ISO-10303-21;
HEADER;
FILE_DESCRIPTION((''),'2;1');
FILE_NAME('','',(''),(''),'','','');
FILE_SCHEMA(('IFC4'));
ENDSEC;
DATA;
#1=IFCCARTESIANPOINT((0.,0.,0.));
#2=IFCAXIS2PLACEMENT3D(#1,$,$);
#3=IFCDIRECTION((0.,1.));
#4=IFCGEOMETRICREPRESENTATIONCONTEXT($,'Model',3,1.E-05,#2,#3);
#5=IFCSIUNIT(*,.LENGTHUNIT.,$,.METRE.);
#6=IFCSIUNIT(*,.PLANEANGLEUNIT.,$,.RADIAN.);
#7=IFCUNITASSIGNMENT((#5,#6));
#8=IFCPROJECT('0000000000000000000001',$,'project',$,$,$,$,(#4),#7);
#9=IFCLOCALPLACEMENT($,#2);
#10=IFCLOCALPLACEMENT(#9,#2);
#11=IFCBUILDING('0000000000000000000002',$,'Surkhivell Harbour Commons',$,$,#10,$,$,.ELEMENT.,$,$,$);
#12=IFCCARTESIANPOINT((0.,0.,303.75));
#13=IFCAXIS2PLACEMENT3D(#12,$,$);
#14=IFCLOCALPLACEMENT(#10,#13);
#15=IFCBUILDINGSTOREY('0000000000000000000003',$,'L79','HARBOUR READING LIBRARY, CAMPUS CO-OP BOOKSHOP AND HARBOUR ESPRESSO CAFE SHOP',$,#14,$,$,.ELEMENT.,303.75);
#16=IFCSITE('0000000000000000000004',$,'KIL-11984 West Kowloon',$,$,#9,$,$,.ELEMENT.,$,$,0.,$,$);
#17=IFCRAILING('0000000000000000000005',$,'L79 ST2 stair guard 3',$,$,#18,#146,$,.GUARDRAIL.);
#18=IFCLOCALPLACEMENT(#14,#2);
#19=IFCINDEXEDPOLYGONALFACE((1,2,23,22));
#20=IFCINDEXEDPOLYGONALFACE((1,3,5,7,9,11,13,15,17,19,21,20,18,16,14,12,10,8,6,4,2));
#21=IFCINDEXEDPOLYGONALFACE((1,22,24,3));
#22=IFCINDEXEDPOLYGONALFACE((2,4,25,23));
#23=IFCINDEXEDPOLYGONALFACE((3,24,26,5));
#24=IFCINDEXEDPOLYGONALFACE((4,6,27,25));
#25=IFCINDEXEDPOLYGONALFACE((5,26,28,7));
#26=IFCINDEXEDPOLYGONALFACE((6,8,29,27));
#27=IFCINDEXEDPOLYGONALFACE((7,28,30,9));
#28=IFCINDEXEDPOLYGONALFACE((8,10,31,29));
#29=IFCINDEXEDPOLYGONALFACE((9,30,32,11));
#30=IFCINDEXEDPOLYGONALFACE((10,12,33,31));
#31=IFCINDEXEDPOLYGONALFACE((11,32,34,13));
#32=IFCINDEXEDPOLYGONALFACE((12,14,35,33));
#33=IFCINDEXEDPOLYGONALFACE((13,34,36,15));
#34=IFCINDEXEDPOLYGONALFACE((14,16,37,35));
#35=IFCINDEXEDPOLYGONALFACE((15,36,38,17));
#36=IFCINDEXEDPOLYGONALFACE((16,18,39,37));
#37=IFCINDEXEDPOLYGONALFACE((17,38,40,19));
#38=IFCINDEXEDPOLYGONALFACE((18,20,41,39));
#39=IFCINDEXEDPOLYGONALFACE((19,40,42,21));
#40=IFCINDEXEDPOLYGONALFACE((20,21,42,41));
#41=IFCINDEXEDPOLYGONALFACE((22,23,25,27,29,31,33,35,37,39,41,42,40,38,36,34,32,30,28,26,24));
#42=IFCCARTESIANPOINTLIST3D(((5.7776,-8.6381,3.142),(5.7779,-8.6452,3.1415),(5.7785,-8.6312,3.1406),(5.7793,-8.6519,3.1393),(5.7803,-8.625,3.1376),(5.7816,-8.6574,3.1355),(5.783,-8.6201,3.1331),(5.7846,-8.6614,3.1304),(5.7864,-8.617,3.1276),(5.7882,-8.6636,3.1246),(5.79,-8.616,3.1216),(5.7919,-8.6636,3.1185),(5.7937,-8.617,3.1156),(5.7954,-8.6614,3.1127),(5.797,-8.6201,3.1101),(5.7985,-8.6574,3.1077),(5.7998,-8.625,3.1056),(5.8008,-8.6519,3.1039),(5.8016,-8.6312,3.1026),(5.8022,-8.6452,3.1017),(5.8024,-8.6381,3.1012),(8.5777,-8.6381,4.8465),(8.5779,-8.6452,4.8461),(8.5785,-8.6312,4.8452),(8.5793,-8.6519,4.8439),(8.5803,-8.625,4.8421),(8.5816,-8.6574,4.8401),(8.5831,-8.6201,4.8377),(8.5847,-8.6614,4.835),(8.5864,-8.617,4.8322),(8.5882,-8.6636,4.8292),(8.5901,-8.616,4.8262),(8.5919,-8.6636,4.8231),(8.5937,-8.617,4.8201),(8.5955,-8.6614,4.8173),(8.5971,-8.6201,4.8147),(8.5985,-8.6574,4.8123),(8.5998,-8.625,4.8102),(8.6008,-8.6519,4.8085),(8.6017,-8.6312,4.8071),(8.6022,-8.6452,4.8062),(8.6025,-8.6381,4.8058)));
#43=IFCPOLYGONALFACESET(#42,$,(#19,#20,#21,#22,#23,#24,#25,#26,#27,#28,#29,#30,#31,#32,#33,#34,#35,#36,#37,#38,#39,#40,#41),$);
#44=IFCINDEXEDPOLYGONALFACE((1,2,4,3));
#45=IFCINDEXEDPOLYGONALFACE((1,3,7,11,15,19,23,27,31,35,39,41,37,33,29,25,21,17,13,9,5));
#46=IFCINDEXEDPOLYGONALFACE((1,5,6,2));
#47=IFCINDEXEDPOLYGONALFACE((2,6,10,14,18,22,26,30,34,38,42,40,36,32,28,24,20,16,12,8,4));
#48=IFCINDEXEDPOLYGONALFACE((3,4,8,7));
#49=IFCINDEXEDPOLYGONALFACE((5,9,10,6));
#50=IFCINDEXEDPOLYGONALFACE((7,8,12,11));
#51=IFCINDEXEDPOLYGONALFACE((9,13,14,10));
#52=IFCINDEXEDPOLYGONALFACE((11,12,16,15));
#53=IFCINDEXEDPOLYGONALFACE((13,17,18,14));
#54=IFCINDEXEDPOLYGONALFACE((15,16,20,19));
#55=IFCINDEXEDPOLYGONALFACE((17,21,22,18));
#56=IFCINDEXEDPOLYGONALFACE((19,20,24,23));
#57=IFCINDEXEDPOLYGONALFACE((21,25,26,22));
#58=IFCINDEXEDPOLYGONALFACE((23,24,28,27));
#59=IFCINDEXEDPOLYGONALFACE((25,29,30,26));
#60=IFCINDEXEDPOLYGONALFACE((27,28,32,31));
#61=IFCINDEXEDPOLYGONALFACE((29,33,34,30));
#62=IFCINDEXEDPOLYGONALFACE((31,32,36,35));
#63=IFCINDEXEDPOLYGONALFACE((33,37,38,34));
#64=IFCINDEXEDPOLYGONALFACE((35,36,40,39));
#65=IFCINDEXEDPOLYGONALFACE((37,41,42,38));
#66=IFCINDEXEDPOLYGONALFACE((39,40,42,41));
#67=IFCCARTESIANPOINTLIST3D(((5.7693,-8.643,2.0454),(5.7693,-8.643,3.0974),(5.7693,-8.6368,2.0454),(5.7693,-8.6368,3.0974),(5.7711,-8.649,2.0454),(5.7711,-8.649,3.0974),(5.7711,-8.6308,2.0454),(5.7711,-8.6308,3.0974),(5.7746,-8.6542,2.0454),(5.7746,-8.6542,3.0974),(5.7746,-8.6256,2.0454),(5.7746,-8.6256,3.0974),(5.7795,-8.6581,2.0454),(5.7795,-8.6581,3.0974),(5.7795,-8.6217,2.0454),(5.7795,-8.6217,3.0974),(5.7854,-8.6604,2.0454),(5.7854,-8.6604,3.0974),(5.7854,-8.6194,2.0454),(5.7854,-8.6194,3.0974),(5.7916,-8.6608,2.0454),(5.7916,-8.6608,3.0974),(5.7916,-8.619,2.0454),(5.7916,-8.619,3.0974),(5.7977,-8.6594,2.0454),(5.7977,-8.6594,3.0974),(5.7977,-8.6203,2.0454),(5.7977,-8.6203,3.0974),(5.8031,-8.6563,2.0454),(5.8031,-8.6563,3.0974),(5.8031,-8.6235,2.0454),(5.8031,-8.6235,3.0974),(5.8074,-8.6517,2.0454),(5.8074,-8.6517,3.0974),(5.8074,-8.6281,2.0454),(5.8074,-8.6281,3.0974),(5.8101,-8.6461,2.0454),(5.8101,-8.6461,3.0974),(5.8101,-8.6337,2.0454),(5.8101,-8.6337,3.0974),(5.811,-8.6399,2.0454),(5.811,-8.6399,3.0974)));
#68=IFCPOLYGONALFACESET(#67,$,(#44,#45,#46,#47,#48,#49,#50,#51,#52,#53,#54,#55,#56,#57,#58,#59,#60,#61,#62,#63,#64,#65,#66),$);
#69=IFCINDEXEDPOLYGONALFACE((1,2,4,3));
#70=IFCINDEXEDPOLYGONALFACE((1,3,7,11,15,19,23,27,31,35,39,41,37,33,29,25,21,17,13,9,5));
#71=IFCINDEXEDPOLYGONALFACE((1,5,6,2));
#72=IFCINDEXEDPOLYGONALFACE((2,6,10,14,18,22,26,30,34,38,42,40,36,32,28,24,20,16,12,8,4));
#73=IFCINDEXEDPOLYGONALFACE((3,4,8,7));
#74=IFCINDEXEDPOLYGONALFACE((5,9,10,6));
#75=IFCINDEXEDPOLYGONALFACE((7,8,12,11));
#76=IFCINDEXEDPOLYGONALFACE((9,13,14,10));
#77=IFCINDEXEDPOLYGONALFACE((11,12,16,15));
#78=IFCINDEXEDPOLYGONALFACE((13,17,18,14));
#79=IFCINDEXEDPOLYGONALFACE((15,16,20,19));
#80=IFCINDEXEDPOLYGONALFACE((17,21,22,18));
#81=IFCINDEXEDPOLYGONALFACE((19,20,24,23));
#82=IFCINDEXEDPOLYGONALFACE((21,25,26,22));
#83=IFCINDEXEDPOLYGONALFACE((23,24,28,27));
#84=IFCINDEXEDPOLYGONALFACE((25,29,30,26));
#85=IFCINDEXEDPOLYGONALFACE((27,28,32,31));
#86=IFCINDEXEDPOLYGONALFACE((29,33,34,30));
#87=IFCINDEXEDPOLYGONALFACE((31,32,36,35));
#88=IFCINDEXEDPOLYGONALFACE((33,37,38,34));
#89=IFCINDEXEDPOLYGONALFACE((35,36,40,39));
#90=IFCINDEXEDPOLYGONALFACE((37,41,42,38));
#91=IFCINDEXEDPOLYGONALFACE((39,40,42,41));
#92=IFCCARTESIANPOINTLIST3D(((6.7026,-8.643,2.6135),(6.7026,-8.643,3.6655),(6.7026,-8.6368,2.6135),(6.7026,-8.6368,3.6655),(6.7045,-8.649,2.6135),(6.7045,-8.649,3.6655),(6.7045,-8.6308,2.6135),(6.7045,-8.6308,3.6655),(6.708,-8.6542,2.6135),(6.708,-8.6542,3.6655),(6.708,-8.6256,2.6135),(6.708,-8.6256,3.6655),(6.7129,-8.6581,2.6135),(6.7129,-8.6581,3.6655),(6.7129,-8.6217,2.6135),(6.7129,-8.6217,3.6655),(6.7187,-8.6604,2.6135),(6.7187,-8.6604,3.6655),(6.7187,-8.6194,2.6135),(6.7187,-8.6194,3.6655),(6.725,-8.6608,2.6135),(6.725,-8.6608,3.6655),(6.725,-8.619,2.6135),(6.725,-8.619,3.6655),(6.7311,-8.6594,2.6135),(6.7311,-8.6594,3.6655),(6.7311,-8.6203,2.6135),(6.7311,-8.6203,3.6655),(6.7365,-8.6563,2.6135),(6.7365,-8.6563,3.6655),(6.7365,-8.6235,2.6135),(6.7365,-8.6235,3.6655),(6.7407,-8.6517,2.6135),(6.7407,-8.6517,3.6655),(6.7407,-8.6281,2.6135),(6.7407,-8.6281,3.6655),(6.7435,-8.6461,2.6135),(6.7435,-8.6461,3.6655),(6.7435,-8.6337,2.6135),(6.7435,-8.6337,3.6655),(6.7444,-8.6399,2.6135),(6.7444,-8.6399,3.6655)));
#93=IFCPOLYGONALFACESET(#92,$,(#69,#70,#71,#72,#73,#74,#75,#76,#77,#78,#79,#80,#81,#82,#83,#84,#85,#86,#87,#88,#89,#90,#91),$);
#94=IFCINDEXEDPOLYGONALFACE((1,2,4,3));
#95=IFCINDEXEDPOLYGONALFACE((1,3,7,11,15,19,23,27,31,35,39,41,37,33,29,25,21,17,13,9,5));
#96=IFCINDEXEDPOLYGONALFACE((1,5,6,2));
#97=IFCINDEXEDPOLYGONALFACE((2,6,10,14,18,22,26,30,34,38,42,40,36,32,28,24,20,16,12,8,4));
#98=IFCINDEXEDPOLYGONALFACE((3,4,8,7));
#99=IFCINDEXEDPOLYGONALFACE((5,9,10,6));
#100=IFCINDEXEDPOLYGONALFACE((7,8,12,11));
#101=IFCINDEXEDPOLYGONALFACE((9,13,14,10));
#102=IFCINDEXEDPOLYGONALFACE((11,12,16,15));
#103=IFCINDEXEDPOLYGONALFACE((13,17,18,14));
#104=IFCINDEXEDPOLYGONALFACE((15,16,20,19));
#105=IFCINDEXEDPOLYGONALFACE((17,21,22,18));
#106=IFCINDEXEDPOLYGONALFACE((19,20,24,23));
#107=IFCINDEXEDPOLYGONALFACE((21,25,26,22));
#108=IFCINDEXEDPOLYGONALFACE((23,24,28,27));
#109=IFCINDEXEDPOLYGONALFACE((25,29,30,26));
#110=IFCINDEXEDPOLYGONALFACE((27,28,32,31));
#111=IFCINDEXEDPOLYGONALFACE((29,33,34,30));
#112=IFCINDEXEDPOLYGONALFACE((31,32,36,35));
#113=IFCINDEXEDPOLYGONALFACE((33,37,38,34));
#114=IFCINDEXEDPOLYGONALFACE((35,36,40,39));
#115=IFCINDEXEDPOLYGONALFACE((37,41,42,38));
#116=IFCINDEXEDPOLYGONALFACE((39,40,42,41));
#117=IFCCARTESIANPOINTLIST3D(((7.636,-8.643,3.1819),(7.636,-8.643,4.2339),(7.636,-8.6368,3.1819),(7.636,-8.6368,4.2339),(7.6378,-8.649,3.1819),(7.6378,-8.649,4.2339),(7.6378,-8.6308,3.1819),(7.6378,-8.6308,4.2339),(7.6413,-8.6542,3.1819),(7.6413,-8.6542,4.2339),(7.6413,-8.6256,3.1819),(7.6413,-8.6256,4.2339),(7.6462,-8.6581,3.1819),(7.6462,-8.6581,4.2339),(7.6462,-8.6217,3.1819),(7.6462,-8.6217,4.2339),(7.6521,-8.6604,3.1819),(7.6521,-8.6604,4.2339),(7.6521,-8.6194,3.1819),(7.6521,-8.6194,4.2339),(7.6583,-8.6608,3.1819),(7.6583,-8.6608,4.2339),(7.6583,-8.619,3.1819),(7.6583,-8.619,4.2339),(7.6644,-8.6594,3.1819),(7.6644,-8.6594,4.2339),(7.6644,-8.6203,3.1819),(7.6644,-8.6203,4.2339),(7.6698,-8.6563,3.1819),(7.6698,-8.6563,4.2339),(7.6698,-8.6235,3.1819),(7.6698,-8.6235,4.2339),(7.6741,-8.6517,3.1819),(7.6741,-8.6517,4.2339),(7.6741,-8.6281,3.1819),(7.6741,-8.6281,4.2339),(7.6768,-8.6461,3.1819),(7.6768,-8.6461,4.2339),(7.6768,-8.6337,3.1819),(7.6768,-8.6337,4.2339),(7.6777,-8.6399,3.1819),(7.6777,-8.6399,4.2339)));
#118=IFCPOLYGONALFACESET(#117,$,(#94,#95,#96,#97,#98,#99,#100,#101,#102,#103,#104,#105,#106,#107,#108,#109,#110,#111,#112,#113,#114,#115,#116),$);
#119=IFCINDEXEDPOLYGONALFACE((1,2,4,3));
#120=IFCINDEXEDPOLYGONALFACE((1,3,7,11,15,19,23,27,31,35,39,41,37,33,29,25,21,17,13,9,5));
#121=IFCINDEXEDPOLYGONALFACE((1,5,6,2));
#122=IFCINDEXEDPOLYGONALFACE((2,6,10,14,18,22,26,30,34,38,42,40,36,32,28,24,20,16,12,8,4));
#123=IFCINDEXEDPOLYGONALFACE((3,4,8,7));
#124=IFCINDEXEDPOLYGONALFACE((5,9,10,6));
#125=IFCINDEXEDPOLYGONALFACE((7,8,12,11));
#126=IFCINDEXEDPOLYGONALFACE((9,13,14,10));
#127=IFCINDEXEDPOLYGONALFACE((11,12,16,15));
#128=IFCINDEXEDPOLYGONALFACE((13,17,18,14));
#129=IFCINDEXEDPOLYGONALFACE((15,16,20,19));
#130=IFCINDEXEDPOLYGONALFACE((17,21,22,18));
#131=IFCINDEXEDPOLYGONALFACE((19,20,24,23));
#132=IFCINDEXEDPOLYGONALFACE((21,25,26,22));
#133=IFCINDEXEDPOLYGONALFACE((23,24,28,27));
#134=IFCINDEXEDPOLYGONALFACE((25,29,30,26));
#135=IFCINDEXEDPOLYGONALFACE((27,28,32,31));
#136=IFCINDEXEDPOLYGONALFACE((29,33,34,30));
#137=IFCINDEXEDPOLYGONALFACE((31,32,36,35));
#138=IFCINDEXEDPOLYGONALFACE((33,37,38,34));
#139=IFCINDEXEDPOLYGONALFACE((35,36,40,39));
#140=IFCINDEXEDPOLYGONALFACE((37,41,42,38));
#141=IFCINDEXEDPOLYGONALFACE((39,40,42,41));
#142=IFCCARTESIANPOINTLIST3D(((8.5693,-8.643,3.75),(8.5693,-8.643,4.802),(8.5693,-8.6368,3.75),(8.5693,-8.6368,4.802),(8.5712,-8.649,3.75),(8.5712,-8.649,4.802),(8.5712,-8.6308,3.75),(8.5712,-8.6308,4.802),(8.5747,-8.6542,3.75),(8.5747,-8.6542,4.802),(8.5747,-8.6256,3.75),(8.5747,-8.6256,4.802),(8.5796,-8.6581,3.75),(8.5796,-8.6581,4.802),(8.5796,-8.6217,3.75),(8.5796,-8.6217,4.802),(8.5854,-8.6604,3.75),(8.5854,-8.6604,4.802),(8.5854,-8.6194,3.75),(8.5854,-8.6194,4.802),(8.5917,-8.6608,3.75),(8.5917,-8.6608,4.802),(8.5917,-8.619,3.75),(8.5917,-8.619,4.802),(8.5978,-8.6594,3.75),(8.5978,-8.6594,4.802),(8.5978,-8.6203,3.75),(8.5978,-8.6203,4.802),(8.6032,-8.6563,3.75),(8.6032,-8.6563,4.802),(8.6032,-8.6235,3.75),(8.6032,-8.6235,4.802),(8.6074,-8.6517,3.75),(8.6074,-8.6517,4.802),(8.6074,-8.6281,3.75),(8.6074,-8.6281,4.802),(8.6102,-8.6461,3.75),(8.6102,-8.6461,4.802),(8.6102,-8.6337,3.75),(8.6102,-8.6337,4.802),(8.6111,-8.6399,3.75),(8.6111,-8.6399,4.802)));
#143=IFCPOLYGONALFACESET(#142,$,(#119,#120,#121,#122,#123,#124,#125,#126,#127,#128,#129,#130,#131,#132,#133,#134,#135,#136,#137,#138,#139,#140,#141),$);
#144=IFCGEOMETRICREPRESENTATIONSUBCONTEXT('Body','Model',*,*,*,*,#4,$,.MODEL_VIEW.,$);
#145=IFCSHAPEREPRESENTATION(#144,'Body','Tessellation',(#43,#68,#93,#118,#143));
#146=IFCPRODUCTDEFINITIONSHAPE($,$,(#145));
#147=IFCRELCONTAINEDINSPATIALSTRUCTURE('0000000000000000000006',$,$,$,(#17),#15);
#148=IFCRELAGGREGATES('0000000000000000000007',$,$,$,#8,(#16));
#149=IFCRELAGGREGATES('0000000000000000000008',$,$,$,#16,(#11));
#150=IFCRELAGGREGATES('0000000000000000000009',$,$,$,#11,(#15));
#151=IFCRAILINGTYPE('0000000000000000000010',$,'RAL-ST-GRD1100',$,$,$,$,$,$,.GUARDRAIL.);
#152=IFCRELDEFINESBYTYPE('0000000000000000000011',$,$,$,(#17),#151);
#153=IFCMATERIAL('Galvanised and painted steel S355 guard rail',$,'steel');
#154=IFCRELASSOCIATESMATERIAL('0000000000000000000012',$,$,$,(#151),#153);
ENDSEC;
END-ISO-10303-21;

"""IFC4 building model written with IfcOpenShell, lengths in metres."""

from ifc_helpers import new_model, si_unit, direction, frame, origin, origin_2d, place, context, subcontext, project, spatial, circle, extrude, material, type_object, element, save


model = new_model("IFC4")

# Units and contexts
model_context = context("Model", 3, precision=1e-05, world=origin(), true_north=direction((0.0, 1.0)))
body_context = subcontext(model_context, "Body", "Model", "MODEL_VIEW")
ifc_project = project(units=[si_unit("LENGTHUNIT", "METRE"), si_unit("PLANEANGLEUNIT", "RADIAN")], contexts=[model_context])

# Site, building, storey
site_placement = place(None, origin())
site = spatial("IfcSite", under=ifc_project, at=site_placement, Name="KIL-11984 West Kowloon", CompositionType="ELEMENT", RefElevation=0.0)
building_placement = place(site_placement, origin())
building = spatial("IfcBuilding", under=site, at=building_placement, Name="Surkhivell Harbour Commons", CompositionType="ELEMENT")
storey_placement = place(building_placement, frame((0.0, 0.0, 303.75)))
storey = spatial("IfcBuildingStorey", under=building, at=storey_placement, Name="L79", Description="HARBOUR READING LIBRARY, CAMPUS CO-OP BOOKSHOP AND HARBOUR ESPRESSO CAFE SHOP", CompositionType="ELEMENT", Elevation=303.75)

# Railing
ifc_material_1 = material(Name="Galvanised and painted steel S355 guard rail", Category="steel")
railing_type_1 = type_object("IfcRailingType", Name="RAL-ST-GRD1100", PredefinedType="GUARDRAIL", material=ifc_material_1)
railing_1_placement = place(storey_placement, frame((5.79, -8.6399, 2.0454)))
element("IfcRailing", 1, at=railing_1_placement, inside=storey, type_object=railing_type_1, Name="L79 ST2 stair guard 3", PredefinedType="GUARDRAIL", context=body_context, shape_type="SweptSolid", body=[
    extrude(circle(Radius=0.0239, at=origin_2d()), frame((0.0, 0.0, 1.0762), z_axis=(0.85417, 0.0, 0.519994), x_axis=(0.0, 1.0, 0.0)), (0.0, 0.0, 1.0), 3.2781),
    extrude(circle(Radius=0.021, at=origin_2d()), origin(), (0.0, 0.0, 1.0), 1.052),
    extrude(circle(Radius=0.021, at=origin_2d()), frame((0.9333, 0.0, 0.5681)), (0.0, 0.0, 1.0), 1.052),
    extrude(circle(Radius=0.021, at=origin_2d()), frame((1.8667, 0.0, 1.1365)), (0.0, 0.0, 1.0), 1.052),
    extrude(circle(Radius=0.021, at=origin_2d()), frame((2.8, 0.0, 1.7046)), (0.0, 0.0, 1.0), 1.052),
])

save(model, "model.ifc")
